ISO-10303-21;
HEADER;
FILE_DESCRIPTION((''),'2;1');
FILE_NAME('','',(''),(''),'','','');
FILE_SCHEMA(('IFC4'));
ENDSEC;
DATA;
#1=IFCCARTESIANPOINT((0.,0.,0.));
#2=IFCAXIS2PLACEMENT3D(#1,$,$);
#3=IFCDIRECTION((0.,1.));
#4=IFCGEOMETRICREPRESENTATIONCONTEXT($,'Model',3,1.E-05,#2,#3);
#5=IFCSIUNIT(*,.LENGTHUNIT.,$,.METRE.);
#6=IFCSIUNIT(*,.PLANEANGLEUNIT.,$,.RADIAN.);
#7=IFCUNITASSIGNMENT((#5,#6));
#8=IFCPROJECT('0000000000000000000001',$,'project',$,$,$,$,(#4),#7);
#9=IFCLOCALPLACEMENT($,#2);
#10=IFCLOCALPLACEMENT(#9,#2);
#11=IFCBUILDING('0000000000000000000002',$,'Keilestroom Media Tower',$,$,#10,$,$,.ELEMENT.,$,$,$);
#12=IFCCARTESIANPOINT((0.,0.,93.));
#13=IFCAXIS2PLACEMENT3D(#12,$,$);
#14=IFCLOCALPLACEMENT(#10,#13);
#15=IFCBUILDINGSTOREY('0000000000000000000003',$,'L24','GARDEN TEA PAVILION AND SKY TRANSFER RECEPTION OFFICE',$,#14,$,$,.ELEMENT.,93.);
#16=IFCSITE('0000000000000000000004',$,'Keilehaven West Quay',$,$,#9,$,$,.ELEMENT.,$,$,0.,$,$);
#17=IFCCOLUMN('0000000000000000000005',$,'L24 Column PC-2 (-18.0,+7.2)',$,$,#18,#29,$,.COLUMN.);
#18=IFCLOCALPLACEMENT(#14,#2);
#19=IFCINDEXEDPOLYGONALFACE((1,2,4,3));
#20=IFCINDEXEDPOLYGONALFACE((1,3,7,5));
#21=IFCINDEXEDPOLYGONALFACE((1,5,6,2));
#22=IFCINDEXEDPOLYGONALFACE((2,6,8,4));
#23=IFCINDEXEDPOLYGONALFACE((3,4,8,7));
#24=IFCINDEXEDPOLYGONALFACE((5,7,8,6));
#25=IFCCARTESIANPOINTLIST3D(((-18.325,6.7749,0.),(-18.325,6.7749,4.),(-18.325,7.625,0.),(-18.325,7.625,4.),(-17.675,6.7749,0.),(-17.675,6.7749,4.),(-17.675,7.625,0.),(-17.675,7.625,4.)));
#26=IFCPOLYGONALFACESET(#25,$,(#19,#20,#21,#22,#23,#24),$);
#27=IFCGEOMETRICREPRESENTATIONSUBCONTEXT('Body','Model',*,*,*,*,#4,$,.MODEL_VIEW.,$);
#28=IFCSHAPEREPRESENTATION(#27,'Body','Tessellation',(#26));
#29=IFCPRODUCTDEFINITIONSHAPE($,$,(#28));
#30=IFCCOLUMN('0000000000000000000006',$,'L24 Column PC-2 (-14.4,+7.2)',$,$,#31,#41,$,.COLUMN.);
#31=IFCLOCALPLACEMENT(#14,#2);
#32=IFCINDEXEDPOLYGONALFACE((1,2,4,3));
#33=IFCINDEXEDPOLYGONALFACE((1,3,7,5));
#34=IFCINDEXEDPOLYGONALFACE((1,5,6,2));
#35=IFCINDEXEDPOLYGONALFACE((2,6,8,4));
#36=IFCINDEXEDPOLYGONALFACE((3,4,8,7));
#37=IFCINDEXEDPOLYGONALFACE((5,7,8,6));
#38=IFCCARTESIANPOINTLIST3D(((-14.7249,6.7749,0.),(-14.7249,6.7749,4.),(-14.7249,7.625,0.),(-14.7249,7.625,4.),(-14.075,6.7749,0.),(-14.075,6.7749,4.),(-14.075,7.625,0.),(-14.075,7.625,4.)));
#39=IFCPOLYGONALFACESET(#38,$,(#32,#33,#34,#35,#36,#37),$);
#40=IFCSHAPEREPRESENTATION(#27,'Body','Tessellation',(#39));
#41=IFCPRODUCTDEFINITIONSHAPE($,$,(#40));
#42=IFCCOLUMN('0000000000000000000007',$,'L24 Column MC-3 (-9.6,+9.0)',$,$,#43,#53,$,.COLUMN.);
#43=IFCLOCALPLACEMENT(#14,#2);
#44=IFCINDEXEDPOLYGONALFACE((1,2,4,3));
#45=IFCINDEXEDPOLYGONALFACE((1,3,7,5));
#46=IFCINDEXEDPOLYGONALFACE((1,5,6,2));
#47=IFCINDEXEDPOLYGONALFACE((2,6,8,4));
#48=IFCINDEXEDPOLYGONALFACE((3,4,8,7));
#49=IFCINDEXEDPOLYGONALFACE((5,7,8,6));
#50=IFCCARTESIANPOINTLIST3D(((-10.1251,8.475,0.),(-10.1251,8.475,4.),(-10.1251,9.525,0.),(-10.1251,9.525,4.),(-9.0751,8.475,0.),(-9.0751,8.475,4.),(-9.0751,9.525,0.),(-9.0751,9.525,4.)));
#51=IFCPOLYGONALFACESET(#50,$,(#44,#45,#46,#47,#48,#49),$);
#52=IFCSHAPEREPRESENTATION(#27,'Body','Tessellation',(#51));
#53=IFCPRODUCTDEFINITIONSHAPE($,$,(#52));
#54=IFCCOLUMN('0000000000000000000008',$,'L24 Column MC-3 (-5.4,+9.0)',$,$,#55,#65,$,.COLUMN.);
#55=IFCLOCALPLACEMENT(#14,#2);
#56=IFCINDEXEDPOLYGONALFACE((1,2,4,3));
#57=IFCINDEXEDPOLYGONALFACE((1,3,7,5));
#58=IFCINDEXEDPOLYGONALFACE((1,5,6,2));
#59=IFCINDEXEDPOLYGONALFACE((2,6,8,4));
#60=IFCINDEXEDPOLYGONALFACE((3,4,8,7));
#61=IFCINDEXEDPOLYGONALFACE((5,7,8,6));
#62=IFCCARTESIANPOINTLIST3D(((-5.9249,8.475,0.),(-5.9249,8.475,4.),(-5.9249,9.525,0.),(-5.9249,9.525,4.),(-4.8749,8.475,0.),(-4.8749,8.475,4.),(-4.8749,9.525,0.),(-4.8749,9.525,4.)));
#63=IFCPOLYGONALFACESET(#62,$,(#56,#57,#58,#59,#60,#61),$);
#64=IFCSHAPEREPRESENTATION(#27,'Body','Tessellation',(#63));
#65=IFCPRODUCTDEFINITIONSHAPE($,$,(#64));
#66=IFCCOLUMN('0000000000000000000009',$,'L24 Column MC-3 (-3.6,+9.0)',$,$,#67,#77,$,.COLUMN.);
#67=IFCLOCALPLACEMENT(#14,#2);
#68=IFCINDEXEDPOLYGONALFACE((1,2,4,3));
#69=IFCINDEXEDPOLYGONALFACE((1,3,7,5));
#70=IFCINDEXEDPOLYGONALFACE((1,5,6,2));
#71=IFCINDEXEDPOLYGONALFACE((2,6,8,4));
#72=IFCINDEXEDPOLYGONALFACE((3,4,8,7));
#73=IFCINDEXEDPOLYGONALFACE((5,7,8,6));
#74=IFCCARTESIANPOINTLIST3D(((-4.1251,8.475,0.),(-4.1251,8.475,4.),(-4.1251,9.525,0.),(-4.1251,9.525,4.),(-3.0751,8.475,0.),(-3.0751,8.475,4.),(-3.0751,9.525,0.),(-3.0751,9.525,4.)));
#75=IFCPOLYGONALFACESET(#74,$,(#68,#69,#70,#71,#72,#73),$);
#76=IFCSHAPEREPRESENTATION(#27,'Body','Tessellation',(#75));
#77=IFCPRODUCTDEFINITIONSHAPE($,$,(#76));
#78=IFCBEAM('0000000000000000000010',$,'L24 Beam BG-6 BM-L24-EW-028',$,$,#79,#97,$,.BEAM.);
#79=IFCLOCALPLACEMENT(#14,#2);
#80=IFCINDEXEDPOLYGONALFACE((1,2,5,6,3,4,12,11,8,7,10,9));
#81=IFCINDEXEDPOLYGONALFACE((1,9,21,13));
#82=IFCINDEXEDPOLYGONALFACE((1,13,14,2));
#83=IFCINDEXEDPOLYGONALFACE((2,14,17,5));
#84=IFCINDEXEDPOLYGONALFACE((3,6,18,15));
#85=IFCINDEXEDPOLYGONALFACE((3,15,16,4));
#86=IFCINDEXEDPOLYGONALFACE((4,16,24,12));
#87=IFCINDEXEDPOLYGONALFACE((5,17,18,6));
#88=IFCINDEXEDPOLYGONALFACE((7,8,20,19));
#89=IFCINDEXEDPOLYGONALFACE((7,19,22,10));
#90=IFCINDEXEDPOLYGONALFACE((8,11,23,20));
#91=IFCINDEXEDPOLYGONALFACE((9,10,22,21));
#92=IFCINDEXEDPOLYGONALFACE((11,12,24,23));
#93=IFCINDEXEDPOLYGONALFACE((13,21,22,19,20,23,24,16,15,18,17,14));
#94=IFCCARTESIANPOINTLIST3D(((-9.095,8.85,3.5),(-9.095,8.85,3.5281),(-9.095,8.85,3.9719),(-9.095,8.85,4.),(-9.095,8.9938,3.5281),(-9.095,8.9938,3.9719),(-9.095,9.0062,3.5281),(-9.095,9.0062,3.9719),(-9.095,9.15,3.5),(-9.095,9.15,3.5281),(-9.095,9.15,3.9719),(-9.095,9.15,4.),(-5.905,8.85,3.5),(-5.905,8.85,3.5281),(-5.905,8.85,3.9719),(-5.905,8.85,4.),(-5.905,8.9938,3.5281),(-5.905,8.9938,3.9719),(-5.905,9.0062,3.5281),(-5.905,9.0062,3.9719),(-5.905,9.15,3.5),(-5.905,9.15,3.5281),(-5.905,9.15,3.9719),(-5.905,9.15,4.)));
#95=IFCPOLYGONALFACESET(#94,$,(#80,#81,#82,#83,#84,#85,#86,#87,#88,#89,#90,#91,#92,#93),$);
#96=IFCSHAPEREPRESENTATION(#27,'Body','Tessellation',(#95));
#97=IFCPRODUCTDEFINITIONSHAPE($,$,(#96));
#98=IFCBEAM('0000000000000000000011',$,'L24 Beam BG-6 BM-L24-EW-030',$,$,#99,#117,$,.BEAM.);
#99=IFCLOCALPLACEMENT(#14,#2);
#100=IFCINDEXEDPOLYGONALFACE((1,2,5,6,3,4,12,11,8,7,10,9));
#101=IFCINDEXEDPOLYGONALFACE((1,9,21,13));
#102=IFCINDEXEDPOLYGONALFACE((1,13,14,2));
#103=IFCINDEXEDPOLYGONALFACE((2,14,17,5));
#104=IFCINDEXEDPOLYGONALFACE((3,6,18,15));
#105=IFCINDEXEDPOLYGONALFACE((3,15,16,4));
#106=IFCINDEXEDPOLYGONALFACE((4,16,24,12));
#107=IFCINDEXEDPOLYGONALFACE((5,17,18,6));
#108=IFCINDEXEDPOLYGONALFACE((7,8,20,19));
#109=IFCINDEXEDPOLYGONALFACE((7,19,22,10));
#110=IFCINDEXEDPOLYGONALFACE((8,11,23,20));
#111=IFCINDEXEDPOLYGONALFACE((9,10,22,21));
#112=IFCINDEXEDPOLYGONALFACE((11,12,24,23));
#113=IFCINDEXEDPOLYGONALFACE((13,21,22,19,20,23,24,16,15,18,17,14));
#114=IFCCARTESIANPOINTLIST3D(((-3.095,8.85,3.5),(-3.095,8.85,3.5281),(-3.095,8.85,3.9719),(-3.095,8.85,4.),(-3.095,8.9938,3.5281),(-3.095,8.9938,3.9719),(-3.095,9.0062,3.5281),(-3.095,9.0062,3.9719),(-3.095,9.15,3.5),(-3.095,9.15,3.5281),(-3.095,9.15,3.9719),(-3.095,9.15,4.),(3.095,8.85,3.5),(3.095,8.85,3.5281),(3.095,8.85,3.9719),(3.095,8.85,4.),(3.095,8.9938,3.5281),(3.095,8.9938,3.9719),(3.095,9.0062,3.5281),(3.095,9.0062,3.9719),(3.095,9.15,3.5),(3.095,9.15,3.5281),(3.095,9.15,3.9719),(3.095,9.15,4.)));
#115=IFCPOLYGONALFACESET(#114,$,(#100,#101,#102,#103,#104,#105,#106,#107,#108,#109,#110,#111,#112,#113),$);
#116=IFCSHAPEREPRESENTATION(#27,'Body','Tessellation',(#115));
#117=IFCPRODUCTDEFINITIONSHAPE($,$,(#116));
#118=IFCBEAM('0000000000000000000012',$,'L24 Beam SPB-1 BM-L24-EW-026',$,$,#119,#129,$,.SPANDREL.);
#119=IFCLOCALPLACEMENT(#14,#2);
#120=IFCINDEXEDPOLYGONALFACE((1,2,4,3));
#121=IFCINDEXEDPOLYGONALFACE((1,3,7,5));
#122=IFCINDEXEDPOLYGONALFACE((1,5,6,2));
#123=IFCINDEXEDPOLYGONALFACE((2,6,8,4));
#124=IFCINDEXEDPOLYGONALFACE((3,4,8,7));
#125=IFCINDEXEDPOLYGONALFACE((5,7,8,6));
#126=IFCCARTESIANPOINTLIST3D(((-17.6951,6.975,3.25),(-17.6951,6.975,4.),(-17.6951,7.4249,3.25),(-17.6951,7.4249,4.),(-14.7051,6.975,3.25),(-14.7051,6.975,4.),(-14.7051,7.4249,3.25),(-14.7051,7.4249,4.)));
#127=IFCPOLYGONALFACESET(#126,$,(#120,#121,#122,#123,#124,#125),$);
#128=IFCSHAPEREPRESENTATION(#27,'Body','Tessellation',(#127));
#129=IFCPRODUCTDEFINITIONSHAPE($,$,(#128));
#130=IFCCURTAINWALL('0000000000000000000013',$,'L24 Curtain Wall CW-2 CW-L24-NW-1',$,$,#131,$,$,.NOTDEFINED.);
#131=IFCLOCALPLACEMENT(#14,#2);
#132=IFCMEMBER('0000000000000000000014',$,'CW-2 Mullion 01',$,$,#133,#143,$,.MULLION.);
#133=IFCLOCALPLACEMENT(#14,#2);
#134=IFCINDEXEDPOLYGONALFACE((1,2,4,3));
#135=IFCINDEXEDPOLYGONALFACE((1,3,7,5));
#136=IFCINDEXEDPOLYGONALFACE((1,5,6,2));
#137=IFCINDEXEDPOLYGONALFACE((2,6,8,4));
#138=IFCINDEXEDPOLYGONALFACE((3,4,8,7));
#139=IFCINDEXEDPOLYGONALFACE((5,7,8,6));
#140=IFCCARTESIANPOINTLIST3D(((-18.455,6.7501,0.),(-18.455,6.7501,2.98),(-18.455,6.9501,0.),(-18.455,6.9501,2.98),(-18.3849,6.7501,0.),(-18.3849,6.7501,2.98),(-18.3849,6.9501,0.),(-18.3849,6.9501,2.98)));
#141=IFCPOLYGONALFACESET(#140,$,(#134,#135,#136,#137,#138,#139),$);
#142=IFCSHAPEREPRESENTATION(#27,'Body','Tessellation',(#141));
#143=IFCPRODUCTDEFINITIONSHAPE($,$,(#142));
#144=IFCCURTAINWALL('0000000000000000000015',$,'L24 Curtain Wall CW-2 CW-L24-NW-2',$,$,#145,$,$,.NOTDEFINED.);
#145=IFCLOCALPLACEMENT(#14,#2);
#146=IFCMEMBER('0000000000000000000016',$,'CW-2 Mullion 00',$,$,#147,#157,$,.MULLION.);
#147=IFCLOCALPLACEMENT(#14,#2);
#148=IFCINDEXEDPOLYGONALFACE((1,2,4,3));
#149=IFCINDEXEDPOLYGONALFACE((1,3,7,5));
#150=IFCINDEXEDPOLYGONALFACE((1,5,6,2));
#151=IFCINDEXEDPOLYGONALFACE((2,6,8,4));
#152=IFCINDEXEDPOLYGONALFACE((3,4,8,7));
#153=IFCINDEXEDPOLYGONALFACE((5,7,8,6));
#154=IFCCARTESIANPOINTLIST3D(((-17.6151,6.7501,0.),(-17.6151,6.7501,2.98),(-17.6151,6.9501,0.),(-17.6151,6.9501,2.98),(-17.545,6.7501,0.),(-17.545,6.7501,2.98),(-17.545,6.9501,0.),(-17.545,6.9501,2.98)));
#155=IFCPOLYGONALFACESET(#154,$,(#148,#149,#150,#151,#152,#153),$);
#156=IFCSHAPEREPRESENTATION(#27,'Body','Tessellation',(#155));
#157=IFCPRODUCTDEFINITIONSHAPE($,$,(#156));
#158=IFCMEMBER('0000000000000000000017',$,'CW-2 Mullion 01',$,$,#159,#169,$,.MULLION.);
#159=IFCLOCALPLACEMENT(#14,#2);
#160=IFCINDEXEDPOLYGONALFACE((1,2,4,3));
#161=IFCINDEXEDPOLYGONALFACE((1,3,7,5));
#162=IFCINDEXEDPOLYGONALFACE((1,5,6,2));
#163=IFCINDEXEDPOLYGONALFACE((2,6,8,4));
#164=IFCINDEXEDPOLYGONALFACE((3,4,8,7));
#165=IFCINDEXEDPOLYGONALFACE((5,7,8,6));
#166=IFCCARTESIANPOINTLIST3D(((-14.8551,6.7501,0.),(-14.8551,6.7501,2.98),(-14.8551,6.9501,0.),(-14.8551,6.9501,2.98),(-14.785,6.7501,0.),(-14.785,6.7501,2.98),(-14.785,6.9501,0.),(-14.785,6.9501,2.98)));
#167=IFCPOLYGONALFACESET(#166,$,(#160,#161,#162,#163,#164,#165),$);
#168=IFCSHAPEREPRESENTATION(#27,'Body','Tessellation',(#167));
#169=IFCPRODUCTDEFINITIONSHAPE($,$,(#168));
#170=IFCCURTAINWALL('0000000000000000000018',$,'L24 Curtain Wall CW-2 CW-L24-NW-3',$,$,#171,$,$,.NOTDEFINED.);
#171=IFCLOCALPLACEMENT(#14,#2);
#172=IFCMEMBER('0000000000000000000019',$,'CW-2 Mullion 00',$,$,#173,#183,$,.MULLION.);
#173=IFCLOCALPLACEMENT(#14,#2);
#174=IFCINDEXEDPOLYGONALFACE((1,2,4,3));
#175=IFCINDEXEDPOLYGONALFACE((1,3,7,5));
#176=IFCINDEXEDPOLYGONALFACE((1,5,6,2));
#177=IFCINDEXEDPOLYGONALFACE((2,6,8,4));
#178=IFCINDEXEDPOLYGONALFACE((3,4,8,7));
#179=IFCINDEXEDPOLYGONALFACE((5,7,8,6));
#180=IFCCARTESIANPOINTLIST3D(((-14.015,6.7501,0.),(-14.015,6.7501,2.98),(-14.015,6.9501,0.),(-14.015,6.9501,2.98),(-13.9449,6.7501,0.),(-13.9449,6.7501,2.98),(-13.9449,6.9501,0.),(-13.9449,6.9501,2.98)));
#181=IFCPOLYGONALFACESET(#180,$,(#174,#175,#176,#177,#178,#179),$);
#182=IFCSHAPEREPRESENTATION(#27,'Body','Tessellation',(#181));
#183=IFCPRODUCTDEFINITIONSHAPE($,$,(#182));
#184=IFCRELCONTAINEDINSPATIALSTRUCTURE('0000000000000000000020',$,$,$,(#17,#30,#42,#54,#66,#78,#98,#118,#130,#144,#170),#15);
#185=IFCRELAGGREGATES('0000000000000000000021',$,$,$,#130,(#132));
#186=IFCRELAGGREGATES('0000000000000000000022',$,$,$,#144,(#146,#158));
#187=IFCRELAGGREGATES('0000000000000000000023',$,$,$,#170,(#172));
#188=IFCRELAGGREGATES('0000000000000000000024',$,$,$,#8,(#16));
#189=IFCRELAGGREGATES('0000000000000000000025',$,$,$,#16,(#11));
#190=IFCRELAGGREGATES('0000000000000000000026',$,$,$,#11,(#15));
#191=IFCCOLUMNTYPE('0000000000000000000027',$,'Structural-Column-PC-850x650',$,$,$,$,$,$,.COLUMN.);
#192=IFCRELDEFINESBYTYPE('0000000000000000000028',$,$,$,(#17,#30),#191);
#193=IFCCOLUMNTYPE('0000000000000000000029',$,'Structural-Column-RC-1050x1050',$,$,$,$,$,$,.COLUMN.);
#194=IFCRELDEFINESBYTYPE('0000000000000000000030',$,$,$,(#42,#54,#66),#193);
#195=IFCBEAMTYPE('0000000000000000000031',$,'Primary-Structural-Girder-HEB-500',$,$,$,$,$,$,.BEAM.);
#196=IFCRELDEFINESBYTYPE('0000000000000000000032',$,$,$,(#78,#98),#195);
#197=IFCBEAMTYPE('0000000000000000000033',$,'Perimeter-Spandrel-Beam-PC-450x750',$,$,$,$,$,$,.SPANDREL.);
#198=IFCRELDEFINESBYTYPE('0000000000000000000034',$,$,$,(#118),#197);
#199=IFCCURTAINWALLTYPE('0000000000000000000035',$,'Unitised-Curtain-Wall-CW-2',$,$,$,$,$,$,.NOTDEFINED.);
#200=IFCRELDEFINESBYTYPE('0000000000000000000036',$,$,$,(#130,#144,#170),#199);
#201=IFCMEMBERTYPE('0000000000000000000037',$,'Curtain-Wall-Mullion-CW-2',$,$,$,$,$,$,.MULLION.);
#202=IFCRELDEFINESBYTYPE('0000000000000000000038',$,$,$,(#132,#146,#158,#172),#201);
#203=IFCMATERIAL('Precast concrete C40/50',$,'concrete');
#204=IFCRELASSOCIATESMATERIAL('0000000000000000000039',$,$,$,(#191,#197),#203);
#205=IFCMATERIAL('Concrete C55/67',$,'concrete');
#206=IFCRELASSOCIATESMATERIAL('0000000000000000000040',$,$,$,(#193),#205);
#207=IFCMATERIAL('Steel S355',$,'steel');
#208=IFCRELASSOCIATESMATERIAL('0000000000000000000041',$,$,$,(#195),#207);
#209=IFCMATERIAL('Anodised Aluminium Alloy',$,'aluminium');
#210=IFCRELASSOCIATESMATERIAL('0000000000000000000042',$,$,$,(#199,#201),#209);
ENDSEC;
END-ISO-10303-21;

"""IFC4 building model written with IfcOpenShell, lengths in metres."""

from ifc_helpers import new_model, si_unit, direction, frame, origin, origin_2d, place, context, subcontext, project, spatial, rectangle, i_section, extrude, source, transform, mapped, material, material_profile, profile_set, type_object, element, aggregate, save


model = new_model("IFC4")

# Units and contexts
model_context = context("Model", 3, precision=1e-05, world=origin(), true_north=direction((0.0, 1.0)))
body_context = subcontext(model_context, "Body", "Model", "MODEL_VIEW")
ifc_project = project(units=[si_unit("LENGTHUNIT", "METRE"), si_unit("PLANEANGLEUNIT", "RADIAN")], contexts=[model_context])

# Site, building, storey
site_placement = place(None, origin())
site = spatial("IfcSite", under=ifc_project, at=site_placement, Name="Keilehaven West Quay", CompositionType="ELEMENT", RefElevation=0.0)
building_placement = place(site_placement, origin())
building = spatial("IfcBuilding", under=site, at=building_placement, Name="Keilestroom Media Tower", CompositionType="ELEMENT")
storey_placement = place(building_placement, frame((0.0, 0.0, 93.0)))
storey = spatial("IfcBuildingStorey", under=building, at=storey_placement, Name="L24", Description="GARDEN TEA PAVILION AND SKY TRANSFER RECEPTION OFFICE", CompositionType="ELEMENT", Elevation=93.0)

# Columns
ifc_material_1 = material(Name="Precast concrete C40/50", Category="concrete")
ifc_material_profile_1 = material_profile(ifc_material_1, rectangle(XDim=0.6499, YDim=0.8501, at=origin_2d()), Name="PC 850x650")
ifc_profile_set_1 = profile_set([ifc_material_profile_1], Name="Precast concrete C40/50")
column_type_1 = type_object("IfcColumnType", Name="Structural-Column-PC-850x650", PredefinedType="COLUMN", material=ifc_profile_set_1)
shared_shape_1 = source(origin(), body_context, "Body", "SweptSolid", [
    extrude(rectangle(XDim=0.6499, YDim=0.8501, at=origin_2d()), origin(), (0.0, 0.0, 1.0), 4.0),
])
for number, where, z_axis, x_axis, name in (
    (1, (-18.0, 7.2, 0.0), (0.0, 0.0, 1.0), (1.0, 0.0, 0.0), "L24 Column PC-2 (-18.0,+7.2)"),
    (2, (-14.3999, 7.2, 0.0), (0.0, 0.0, 1.0), (1.0, 0.0, 0.0), "L24 Column PC-2 (-14.4,+7.2)"),
):
    element("IfcColumn", number, at=place(storey_placement, frame(where, z_axis=z_axis, x_axis=x_axis)), inside=storey, type_object=column_type_1, Name=name, PredefinedType="COLUMN", context=body_context, shape_type="MappedRepresentation", body=[
        mapped(shared_shape_1, transform((0.0, 0.0, 0.0), x_axis=(1.0, 0.0, 0.0), y_axis=(0.0, 1.0, 0.0), z_axis=(0.0, 0.0, 1.0), scale=1.0)),
    ])
ifc_material_2 = material(Name="Concrete C55/67", Category="concrete")
ifc_material_profile_2 = material_profile(ifc_material_2, rectangle(XDim=1.05, YDim=1.05, at=origin_2d()), Name="RC 1050x1050")
ifc_profile_set_2 = profile_set([ifc_material_profile_2], Name="Concrete C55/67")
column_type_2 = type_object("IfcColumnType", Name="Structural-Column-RC-1050x1050", PredefinedType="COLUMN", material=ifc_profile_set_2)
shared_shape_2 = source(origin(), body_context, "Body", "SweptSolid", [
    extrude(rectangle(XDim=1.05, YDim=1.05, at=origin_2d()), origin(), (0.0, 0.0, 1.0), 4.0),
])
for number, where, z_axis, x_axis, name in (
    (3, (-9.6001, 9.0, 0.0), (0.0, 0.0, 1.0), (1.0, 0.0, 0.0), "L24 Column MC-3 (-9.6,+9.0)"),
    (4, (-5.3999, 9.0, 0.0), (0.0, 0.0, 1.0), (1.0, 0.0, 0.0), "L24 Column MC-3 (-5.4,+9.0)"),
    (5, (-3.6001, 9.0, 0.0), (0.0, 0.0, 1.0), (1.0, 0.0, 0.0), "L24 Column MC-3 (-3.6,+9.0)"),
):
    element("IfcColumn", number, at=place(storey_placement, frame(where, z_axis=z_axis, x_axis=x_axis)), inside=storey, type_object=column_type_2, Name=name, PredefinedType="COLUMN", context=body_context, shape_type="MappedRepresentation", body=[
        mapped(shared_shape_2, transform((0.0, 0.0, 0.0), x_axis=(1.0, 0.0, 0.0), y_axis=(0.0, 1.0, 0.0), z_axis=(0.0, 0.0, 1.0), scale=1.0)),
    ])

# Beams
ifc_material_3 = material(Name="Steel S355", Category="steel")
ifc_material_profile_3 = material_profile(ifc_material_3, i_section(OverallWidth=0.3, OverallDepth=0.5, WebThickness=0.0125, FlangeThickness=0.0281, at=origin_2d()), Name="HEB 500")
ifc_profile_set_3 = profile_set([ifc_material_profile_3], Name="Steel S355")
beam_type_1 = type_object("IfcBeamType", Name="Primary-Structural-Girder-HEB-500", PredefinedType="BEAM", material=ifc_profile_set_3)
shared_shape_3 = source(origin(), body_context, "Body", "SweptSolid", [
    extrude(i_section(OverallWidth=0.3, OverallDepth=0.5, WebThickness=0.0125, FlangeThickness=0.0281, at=origin_2d()), origin(), (0.0, 0.0, 1.0), 3.1899),
])
beam_1_placement = place(storey_placement, frame((-9.095, 9.0, 3.75), z_axis=(1.0, 0.0, 0.0), x_axis=(0.0, 1.0, 0.0)))
element("IfcBeam", 6, at=beam_1_placement, inside=storey, type_object=beam_type_1, Name="L24 Beam BG-6 BM-L24-EW-028", PredefinedType="BEAM", context=body_context, shape_type="MappedRepresentation", body=[
    mapped(shared_shape_3, transform((0.0, 0.0, 0.0), x_axis=(1.0, 0.0, 0.0), y_axis=(0.0, 1.0, 0.0), z_axis=(0.0, 0.0, 1.0), scale=1.0)),
])
shared_shape_4 = source(origin(), body_context, "Body", "SweptSolid", [
    extrude(i_section(OverallWidth=0.3, OverallDepth=0.5, WebThickness=0.0125, FlangeThickness=0.0281, at=origin_2d()), origin(), (0.0, 0.0, 1.0), 6.1899),
])
beam_2_placement = place(storey_placement, frame((-3.095, 9.0, 3.75), z_axis=(1.0, 0.0, 0.0), x_axis=(0.0, 1.0, 0.0)))
element("IfcBeam", 7, at=beam_2_placement, inside=storey, type_object=beam_type_1, Name="L24 Beam BG-6 BM-L24-EW-030", PredefinedType="BEAM", context=body_context, shape_type="MappedRepresentation", body=[
    mapped(shared_shape_4, transform((0.0, 0.0, 0.0), x_axis=(1.0, 0.0, 0.0), y_axis=(0.0, 1.0, 0.0), z_axis=(0.0, 0.0, 1.0), scale=1.0)),
])
ifc_material_profile_4 = material_profile(ifc_material_1, rectangle(XDim=0.45, YDim=0.75, at=origin_2d()), Name="PC 450x750")
ifc_profile_set_4 = profile_set([ifc_material_profile_4], Name="Precast concrete C40/50")
beam_type_2 = type_object("IfcBeamType", Name="Perimeter-Spandrel-Beam-PC-450x750", PredefinedType="SPANDREL", material=ifc_profile_set_4)
shared_shape_5 = source(origin(), body_context, "Body", "SweptSolid", [
    extrude(rectangle(XDim=0.45, YDim=0.75, at=origin_2d()), origin(), (0.0, 0.0, 1.0), 2.99),
])
beam_3_placement = place(storey_placement, frame((-17.6951, 7.2, 3.625), z_axis=(1.0, 0.0, 0.0), x_axis=(0.0, 1.0, 0.0)))
element("IfcBeam", 8, at=beam_3_placement, inside=storey, type_object=beam_type_2, Name="L24 Beam SPB-1 BM-L24-EW-026", PredefinedType="SPANDREL", context=body_context, shape_type="MappedRepresentation", body=[
    mapped(shared_shape_5, transform((0.0, 0.0, 0.0), x_axis=(1.0, 0.0, 0.0), y_axis=(0.0, 1.0, 0.0), z_axis=(0.0, 0.0, 1.0), scale=1.0)),
])

# Curtain wall, member
ifc_material_4 = material(Name="Anodised Aluminium Alloy", Category="aluminium")
curtain_wall_type = type_object("IfcCurtainWallType", Name="Unitised-Curtain-Wall-CW-2", PredefinedType="NOTDEFINED", material=ifc_material_4)
curtain_wall_1_placement = place(storey_placement, origin())
curtain_wall_1 = element("IfcCurtainWall", 9, at=curtain_wall_1_placement, inside=storey, type_object=curtain_wall_type, Name="L24 Curtain Wall CW-2 CW-L24-NW-1", PredefinedType="NOTDEFINED")
ifc_material_profile_5 = material_profile(ifc_material_4, rectangle(XDim=0.0701, YDim=0.2, at=origin_2d()), Name="ALU MULLION 70x200")
ifc_profile_set_5 = profile_set([ifc_material_profile_5], Name="Anodised Aluminium Alloy")
member_type_1 = type_object("IfcMemberType", Name="Curtain-Wall-Mullion-CW-2", PredefinedType="MULLION", material=ifc_profile_set_5)
shared_shape_6 = source(origin(), body_context, "Body", "SweptSolid", [
    extrude(rectangle(XDim=0.0701, YDim=0.2, at=origin_2d()), origin(), (0.0, 0.0, 1.0), 2.98),
])
member_1_placement = place(storey_placement, frame((-18.4199, 6.8501, 0.0), z_axis=(0.0, 0.0, 1.0), x_axis=(1.0, 0.0, 0.0)))
member_1 = element("IfcMember", 10, at=member_1_placement, type_object=member_type_1, Name="CW-2 Mullion 01", PredefinedType="MULLION", context=body_context, shape_type="MappedRepresentation", body=[
    mapped(shared_shape_6, transform((0.0, 0.0, 0.0), x_axis=(1.0, 0.0, 0.0), y_axis=(0.0, 1.0, 0.0), z_axis=(0.0, 0.0, 1.0), scale=1.0)),
])
aggregate(curtain_wall_1, [member_1])

# Curtain walls, members
curtain_wall_2_placement = place(storey_placement, origin())
curtain_wall_2 = element("IfcCurtainWall", 11, at=curtain_wall_2_placement, inside=storey, type_object=curtain_wall_type, Name="L24 Curtain Wall CW-2 CW-L24-NW-2", PredefinedType="NOTDEFINED")
member_2_placement = place(storey_placement, frame((-17.5801, 6.8501, 0.0), z_axis=(0.0, 0.0, 1.0), x_axis=(1.0, 0.0, 0.0)))
member_2 = element("IfcMember", 12, at=member_2_placement, type_object=member_type_1, Name="CW-2 Mullion 00", PredefinedType="MULLION", context=body_context, shape_type="MappedRepresentation", body=[
    mapped(shared_shape_6, transform((0.0, 0.0, 0.0), x_axis=(1.0, 0.0, 0.0), y_axis=(0.0, 1.0, 0.0), z_axis=(0.0, 0.0, 1.0), scale=1.0)),
])
member_3_placement = place(storey_placement, frame((-14.8201, 6.8501, 0.0), z_axis=(0.0, 0.0, 1.0), x_axis=(1.0, 0.0, 0.0)))
member_3 = element("IfcMember", 13, at=member_3_placement, type_object=member_type_1, Name="CW-2 Mullion 01", PredefinedType="MULLION", context=body_context, shape_type="MappedRepresentation", body=[
    mapped(shared_shape_6, transform((0.0, 0.0, 0.0), x_axis=(1.0, 0.0, 0.0), y_axis=(0.0, 1.0, 0.0), z_axis=(0.0, 0.0, 1.0), scale=1.0)),
])
curtain_wall_3_placement = place(storey_placement, origin())
curtain_wall_3 = element("IfcCurtainWall", 14, at=curtain_wall_3_placement, inside=storey, type_object=curtain_wall_type, Name="L24 Curtain Wall CW-2 CW-L24-NW-3", PredefinedType="NOTDEFINED")
member_4_placement = place(storey_placement, frame((-13.98, 6.8501, 0.0), z_axis=(0.0, 0.0, 1.0), x_axis=(1.0, 0.0, 0.0)))
member_4 = element("IfcMember", 15, at=member_4_placement, type_object=member_type_1, Name="CW-2 Mullion 00", PredefinedType="MULLION", context=body_context, shape_type="MappedRepresentation", body=[
    mapped(shared_shape_6, transform((0.0, 0.0, 0.0), x_axis=(1.0, 0.0, 0.0), y_axis=(0.0, 1.0, 0.0), z_axis=(0.0, 0.0, 1.0), scale=1.0)),
])

aggregate(curtain_wall_2, [member_2, member_3])
aggregate(curtain_wall_3, [member_4])

save(model, "model.ifc")
